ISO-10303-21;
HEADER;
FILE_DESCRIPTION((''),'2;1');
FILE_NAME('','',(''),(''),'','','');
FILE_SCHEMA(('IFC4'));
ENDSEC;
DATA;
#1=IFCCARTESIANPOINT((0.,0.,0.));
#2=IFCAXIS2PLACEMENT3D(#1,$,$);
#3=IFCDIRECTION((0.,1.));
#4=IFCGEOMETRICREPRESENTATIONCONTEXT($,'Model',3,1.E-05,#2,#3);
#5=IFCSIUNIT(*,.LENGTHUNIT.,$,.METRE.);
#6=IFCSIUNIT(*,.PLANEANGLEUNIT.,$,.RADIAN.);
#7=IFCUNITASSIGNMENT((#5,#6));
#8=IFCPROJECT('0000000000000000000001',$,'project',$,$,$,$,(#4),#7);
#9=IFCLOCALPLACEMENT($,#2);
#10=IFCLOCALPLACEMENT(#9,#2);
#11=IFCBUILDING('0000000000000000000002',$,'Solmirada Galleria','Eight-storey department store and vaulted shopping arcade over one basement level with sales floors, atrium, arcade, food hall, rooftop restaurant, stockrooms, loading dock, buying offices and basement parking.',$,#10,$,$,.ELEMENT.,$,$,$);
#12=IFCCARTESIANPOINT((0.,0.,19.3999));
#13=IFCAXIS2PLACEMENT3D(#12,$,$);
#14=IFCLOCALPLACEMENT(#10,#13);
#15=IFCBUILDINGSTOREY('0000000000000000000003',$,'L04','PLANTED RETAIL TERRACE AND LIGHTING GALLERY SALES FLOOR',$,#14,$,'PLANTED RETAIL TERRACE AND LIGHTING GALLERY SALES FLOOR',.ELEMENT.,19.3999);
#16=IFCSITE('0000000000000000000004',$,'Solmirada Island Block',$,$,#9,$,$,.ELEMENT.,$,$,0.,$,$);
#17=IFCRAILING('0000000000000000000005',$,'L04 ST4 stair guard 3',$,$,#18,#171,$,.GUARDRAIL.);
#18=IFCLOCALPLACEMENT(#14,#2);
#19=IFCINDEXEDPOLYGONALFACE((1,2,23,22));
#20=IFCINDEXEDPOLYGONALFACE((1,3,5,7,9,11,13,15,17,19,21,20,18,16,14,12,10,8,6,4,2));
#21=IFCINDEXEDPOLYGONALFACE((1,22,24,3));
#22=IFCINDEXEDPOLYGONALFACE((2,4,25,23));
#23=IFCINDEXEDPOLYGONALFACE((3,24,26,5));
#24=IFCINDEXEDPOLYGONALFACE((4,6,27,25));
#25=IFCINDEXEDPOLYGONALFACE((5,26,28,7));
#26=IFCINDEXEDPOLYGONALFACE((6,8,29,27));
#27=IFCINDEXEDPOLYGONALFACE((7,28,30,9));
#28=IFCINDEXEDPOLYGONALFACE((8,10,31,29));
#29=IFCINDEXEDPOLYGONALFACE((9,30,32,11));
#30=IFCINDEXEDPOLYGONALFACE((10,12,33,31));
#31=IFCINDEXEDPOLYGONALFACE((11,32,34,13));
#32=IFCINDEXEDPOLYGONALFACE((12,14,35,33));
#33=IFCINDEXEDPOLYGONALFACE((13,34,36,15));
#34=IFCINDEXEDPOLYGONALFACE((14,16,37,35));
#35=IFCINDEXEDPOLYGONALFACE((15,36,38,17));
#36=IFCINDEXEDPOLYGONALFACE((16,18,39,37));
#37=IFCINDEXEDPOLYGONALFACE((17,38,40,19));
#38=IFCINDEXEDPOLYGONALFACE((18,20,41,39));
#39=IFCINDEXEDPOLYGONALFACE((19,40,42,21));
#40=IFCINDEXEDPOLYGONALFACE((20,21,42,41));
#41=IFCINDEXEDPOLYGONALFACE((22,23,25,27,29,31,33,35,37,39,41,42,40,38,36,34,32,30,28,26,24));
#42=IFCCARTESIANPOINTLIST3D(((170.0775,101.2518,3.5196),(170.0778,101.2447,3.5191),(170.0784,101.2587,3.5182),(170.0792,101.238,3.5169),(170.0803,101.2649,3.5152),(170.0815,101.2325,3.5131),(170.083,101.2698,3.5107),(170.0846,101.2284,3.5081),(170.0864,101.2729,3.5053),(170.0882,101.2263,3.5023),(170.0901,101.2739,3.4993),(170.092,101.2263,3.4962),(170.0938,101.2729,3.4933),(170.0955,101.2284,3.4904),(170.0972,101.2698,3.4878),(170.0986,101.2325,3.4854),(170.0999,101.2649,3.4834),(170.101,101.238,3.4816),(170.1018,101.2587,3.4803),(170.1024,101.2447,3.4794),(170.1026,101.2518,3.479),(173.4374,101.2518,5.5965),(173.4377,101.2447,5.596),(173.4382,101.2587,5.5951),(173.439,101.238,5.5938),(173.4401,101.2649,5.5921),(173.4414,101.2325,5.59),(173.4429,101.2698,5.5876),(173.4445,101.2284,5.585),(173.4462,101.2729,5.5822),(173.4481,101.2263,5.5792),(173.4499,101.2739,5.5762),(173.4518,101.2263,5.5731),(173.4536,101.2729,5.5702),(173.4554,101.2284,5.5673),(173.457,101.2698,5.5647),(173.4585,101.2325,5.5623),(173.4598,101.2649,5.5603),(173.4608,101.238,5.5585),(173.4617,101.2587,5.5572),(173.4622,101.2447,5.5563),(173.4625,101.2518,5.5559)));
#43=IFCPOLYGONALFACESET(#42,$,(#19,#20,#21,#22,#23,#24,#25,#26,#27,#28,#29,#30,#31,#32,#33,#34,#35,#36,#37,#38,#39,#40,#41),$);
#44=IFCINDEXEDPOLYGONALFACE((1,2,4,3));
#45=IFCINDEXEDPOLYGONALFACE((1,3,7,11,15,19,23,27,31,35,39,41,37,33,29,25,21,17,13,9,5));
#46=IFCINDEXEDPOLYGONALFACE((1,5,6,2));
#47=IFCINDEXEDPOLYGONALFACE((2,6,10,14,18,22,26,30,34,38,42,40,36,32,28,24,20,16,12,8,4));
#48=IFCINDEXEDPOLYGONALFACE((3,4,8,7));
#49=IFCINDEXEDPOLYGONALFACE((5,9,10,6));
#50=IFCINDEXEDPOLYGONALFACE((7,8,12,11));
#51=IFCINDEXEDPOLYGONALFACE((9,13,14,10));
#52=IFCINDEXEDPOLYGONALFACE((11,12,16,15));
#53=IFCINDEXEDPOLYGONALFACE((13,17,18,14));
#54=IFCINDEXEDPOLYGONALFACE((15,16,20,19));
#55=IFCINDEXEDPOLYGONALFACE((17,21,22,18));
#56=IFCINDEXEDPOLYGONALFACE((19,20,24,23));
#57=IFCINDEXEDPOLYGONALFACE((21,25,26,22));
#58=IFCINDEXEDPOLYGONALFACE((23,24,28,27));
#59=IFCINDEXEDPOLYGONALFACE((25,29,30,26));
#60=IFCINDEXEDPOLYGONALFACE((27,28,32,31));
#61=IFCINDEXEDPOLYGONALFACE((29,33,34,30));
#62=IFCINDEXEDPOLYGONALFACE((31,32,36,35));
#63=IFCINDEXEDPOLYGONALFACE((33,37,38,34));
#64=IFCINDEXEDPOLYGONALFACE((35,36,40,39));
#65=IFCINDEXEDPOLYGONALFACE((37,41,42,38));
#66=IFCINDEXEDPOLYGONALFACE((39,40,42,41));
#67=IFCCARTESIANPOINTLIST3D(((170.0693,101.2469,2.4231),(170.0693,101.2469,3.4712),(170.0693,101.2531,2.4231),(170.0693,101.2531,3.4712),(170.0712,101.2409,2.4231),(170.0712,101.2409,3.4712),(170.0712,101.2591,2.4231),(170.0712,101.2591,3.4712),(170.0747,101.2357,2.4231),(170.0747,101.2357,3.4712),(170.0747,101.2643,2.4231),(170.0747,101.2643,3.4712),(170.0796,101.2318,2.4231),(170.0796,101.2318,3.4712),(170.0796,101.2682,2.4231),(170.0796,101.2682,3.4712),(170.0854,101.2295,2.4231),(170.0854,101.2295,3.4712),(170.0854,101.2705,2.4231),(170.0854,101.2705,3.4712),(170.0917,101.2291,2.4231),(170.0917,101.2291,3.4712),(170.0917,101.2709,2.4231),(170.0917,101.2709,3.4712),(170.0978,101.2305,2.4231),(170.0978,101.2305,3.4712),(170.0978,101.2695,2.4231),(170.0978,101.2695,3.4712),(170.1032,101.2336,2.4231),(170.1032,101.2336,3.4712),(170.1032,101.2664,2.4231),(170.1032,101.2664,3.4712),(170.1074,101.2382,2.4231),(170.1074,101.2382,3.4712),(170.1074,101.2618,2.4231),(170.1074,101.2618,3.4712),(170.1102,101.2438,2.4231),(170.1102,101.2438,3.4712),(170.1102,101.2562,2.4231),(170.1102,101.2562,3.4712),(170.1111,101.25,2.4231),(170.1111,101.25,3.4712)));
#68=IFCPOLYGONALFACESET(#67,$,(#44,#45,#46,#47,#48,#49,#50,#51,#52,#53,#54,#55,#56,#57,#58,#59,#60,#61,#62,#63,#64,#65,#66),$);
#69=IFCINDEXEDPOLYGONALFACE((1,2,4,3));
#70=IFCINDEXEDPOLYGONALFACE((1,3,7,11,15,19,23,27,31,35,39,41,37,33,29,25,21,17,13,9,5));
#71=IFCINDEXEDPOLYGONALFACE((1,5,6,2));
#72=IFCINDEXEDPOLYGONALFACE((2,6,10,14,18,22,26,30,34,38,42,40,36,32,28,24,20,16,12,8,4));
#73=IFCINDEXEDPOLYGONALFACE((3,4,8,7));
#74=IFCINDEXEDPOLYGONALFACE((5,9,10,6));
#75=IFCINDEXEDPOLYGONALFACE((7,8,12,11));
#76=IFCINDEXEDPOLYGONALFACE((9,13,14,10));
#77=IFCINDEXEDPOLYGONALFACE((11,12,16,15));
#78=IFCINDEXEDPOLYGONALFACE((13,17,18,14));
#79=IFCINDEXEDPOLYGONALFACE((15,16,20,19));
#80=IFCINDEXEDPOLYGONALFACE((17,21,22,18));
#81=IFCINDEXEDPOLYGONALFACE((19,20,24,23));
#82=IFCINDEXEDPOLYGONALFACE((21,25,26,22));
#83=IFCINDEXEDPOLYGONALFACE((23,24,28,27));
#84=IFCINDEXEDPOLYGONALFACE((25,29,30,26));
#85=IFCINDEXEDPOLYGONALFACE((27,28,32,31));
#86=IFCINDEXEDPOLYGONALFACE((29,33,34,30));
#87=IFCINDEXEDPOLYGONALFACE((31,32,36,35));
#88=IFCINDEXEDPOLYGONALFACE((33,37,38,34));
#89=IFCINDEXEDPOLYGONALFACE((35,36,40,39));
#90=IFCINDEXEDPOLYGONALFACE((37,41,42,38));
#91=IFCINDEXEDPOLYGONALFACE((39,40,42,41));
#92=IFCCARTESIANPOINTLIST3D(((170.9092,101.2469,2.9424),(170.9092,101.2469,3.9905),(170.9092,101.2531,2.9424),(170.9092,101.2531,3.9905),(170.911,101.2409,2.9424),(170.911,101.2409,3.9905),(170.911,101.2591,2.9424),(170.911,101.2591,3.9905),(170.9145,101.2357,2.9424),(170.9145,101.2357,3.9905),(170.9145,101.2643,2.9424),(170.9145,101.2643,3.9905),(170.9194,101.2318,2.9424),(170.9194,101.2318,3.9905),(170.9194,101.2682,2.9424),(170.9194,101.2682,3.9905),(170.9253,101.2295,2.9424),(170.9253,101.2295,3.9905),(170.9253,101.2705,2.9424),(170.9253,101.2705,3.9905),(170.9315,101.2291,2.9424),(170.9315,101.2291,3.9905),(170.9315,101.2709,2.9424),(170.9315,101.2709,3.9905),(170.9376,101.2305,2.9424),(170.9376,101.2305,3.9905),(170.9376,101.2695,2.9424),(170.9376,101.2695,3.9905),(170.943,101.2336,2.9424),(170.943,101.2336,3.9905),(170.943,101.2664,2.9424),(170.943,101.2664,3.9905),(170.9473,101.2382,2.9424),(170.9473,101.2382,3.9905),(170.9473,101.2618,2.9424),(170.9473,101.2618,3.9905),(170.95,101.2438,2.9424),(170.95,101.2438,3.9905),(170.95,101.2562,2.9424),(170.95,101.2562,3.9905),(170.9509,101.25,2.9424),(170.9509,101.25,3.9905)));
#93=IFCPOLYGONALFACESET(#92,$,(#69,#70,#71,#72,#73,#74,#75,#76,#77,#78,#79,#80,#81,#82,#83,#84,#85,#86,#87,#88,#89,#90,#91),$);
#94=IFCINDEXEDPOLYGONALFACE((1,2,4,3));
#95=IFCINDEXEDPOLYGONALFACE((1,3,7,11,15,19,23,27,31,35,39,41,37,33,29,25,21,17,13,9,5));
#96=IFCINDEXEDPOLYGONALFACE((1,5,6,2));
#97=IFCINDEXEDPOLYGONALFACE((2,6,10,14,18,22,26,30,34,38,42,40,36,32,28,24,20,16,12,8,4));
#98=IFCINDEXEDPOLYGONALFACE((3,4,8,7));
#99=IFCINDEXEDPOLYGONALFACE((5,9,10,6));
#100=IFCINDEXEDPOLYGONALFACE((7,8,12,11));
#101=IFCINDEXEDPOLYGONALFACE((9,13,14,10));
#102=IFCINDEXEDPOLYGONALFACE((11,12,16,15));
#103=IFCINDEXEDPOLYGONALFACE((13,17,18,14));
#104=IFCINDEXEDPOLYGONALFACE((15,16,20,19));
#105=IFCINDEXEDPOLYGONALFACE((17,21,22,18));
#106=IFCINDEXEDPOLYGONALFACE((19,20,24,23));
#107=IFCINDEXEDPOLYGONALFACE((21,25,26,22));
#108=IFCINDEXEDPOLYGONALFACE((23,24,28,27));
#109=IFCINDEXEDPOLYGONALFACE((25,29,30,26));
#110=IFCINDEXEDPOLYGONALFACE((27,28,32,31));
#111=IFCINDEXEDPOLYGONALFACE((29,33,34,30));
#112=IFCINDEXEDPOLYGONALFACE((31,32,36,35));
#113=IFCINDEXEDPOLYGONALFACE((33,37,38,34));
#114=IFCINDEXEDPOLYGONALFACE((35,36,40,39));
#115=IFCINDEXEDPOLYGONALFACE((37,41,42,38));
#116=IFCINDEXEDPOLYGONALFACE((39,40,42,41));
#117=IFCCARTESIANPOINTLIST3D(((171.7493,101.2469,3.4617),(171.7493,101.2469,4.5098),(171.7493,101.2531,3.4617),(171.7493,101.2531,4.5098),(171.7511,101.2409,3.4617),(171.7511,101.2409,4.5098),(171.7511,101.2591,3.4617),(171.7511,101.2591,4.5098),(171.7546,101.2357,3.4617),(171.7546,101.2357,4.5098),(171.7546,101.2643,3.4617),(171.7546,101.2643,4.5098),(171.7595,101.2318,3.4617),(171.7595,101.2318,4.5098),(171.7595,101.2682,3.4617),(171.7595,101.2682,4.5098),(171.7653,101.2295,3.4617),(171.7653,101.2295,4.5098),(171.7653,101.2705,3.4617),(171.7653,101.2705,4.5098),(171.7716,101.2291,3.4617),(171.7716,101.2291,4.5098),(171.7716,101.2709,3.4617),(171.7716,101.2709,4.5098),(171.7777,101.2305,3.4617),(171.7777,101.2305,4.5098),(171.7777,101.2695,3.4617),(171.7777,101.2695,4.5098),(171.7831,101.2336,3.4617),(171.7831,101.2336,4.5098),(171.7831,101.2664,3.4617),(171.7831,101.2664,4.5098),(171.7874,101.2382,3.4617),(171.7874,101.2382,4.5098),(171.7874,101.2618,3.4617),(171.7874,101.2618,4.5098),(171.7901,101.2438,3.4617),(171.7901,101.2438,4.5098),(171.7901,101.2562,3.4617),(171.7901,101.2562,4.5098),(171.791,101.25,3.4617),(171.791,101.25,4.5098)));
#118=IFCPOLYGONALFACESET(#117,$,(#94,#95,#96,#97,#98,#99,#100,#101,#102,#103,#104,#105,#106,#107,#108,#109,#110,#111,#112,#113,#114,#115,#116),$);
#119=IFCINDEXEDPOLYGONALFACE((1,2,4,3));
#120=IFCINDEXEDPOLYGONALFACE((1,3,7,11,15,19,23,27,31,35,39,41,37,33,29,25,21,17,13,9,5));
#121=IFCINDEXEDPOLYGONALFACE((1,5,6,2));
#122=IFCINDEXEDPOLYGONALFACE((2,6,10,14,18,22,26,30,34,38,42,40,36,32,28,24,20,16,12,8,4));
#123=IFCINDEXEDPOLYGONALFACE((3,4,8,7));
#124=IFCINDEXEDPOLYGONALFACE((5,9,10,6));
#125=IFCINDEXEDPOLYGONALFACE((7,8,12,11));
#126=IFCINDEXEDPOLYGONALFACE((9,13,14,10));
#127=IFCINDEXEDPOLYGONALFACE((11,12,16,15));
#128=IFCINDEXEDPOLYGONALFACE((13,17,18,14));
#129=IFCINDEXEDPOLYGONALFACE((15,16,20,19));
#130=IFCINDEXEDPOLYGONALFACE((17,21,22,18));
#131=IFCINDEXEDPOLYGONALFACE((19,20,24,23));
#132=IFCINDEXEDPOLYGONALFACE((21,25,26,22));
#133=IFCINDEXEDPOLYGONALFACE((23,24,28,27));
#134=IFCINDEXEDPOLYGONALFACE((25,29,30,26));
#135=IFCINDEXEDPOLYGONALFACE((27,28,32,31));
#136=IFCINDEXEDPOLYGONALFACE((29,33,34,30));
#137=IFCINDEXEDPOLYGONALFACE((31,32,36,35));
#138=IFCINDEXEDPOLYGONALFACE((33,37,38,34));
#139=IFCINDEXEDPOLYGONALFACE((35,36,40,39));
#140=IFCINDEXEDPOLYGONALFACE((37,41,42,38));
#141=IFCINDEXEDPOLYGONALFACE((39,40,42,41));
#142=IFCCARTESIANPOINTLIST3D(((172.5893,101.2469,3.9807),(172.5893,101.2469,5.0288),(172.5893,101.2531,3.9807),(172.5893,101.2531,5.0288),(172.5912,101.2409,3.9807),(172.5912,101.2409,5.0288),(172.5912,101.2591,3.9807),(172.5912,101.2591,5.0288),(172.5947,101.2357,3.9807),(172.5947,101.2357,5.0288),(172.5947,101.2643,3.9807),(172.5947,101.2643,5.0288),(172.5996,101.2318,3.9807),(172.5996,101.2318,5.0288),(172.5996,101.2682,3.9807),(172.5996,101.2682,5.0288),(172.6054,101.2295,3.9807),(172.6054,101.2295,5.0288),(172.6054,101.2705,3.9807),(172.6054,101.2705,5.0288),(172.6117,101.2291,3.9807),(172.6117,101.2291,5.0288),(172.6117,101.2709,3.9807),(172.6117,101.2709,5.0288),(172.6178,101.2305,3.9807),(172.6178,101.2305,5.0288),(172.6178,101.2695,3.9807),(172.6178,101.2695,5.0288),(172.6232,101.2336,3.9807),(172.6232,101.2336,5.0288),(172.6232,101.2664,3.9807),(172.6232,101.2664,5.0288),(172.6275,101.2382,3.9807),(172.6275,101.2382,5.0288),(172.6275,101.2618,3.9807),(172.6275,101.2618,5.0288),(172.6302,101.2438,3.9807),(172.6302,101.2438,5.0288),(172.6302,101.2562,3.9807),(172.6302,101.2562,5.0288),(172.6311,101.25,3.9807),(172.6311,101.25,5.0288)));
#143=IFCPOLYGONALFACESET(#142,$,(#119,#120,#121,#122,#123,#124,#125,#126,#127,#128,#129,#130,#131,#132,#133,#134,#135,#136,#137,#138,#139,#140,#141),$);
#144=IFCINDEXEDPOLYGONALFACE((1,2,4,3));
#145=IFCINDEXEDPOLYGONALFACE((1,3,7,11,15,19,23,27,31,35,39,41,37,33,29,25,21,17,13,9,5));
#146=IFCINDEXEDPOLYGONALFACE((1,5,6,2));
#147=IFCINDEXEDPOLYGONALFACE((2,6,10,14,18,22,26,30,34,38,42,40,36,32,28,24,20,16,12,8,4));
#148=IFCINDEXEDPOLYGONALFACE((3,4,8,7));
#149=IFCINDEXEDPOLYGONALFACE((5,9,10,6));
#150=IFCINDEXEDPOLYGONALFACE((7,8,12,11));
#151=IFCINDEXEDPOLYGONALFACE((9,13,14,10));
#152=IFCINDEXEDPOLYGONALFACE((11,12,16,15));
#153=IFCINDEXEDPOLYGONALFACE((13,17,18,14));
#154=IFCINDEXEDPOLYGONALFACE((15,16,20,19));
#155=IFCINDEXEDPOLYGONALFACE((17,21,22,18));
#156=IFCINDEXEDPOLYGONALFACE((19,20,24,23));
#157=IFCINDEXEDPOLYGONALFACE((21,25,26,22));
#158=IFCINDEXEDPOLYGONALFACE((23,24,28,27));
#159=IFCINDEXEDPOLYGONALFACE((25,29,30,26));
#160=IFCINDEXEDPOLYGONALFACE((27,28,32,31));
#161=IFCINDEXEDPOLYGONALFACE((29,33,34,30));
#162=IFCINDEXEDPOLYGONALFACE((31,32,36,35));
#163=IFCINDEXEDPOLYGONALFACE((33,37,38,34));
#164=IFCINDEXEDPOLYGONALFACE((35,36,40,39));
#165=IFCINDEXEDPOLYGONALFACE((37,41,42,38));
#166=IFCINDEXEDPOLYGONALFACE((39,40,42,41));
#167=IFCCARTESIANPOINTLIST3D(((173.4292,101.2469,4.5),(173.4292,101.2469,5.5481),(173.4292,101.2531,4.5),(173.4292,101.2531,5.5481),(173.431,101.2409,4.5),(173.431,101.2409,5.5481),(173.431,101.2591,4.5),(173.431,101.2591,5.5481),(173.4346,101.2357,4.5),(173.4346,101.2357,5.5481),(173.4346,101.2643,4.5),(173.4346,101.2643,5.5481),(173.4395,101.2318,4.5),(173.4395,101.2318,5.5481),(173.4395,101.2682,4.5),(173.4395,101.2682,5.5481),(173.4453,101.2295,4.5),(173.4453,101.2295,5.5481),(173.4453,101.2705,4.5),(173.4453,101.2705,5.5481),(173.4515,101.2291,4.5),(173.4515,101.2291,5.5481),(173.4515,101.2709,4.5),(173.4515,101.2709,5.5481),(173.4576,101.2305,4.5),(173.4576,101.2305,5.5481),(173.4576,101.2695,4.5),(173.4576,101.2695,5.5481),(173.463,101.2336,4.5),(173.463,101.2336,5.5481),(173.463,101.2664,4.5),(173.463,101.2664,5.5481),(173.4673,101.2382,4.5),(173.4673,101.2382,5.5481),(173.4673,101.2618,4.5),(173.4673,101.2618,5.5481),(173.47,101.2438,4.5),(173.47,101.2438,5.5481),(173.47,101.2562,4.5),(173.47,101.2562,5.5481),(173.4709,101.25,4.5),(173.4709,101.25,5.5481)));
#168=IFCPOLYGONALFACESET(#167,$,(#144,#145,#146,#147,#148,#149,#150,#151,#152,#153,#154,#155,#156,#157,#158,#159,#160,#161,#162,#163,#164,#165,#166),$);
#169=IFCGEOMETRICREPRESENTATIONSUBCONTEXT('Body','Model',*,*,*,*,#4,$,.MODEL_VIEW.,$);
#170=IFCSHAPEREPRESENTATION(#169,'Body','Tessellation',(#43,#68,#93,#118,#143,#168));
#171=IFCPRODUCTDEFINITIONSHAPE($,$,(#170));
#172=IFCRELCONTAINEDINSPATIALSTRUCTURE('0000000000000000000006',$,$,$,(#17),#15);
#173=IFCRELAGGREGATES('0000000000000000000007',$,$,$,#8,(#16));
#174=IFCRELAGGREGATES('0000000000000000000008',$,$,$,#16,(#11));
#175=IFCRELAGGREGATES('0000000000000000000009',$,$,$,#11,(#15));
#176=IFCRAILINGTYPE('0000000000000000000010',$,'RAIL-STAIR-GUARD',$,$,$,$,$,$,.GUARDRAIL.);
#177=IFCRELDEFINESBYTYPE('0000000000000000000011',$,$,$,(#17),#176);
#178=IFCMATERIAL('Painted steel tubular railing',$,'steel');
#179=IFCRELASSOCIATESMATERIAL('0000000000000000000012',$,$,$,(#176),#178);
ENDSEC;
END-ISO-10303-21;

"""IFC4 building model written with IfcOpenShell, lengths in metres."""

from ifc_helpers import new_model, si_unit, direction, frame, origin, origin_2d, place, context, subcontext, project, spatial, circle, extrude, material, type_object, element, save


model = new_model("IFC4")

# Units and contexts
model_context = context("Model", 3, precision=1e-05, world=origin(), true_north=direction((0.0, 1.0)))
body_context = subcontext(model_context, "Body", "Model", "MODEL_VIEW")
ifc_project = project(units=[si_unit("LENGTHUNIT", "METRE"), si_unit("PLANEANGLEUNIT", "RADIAN")], contexts=[model_context])

# Site, building, storey
site_placement = place(None, origin())
site = spatial("IfcSite", under=ifc_project, at=site_placement, Name="Solmirada Island Block", CompositionType="ELEMENT", RefElevation=0.0)
building_placement = place(site_placement, origin())
building = spatial("IfcBuilding", under=site, at=building_placement, Name="Solmirada Galleria", Description="Eight-storey department store and vaulted shopping arcade over one basement level with sales floors, atrium, arcade, food hall, rooftop restaurant, stockrooms, loading dock, buying offices and basement parking.", CompositionType="ELEMENT")
storey_placement = place(building_placement, frame((0.0, 0.0, 19.3999)))
storey = spatial("IfcBuildingStorey", under=building, at=storey_placement, Name="L04", Description="PLANTED RETAIL TERRACE AND LIGHTING GALLERY SALES FLOOR", LongName="PLANTED RETAIL TERRACE AND LIGHTING GALLERY SALES FLOOR", CompositionType="ELEMENT", Elevation=19.3999)

# Railing
ifc_material_1 = material(Name="Painted steel tubular railing", Category="steel")
railing_type_1 = type_object("IfcRailingType", Name="RAIL-STAIR-GUARD", PredefinedType="GUARDRAIL", material=ifc_material_1)
railing_1_placement = place(storey_placement, frame((170.0901, 101.25, 2.4231)))
element("IfcRailing", 1, at=railing_1_placement, inside=storey, type_object=railing_type_1, Name="L04 ST4 stair guard 3", PredefinedType="GUARDRAIL", context=body_context, shape_type="SweptSolid", body=[
    extrude(circle(Radius=0.0239, at=origin_2d()), frame((0.0, 0.0, 1.0762), z_axis=(0.850606, 0.0, 0.525803), x_axis=(0.0, 1.0, 0.0)), (0.0, 0.0, 1.0), 3.95),
    extrude(circle(Radius=0.021, at=origin_2d()), origin(), (0.0, 0.0, 1.0), 1.0481),
    extrude(circle(Radius=0.021, at=origin_2d()), frame((0.8398, 0.0, 0.5193)), (0.0, 0.0, 1.0), 1.0481),
    extrude(circle(Radius=0.021, at=origin_2d()), frame((1.6799, 0.0, 1.0386)), (0.0, 0.0, 1.0), 1.0481),
    extrude(circle(Radius=0.021, at=origin_2d()), frame((2.52, 0.0, 1.5576)), (0.0, 0.0, 1.0), 1.0481),
    extrude(circle(Radius=0.021, at=origin_2d()), frame((3.3599, 0.0, 2.0769)), (0.0, 0.0, 1.0), 1.0481),
])

save(model, "model.ifc")
